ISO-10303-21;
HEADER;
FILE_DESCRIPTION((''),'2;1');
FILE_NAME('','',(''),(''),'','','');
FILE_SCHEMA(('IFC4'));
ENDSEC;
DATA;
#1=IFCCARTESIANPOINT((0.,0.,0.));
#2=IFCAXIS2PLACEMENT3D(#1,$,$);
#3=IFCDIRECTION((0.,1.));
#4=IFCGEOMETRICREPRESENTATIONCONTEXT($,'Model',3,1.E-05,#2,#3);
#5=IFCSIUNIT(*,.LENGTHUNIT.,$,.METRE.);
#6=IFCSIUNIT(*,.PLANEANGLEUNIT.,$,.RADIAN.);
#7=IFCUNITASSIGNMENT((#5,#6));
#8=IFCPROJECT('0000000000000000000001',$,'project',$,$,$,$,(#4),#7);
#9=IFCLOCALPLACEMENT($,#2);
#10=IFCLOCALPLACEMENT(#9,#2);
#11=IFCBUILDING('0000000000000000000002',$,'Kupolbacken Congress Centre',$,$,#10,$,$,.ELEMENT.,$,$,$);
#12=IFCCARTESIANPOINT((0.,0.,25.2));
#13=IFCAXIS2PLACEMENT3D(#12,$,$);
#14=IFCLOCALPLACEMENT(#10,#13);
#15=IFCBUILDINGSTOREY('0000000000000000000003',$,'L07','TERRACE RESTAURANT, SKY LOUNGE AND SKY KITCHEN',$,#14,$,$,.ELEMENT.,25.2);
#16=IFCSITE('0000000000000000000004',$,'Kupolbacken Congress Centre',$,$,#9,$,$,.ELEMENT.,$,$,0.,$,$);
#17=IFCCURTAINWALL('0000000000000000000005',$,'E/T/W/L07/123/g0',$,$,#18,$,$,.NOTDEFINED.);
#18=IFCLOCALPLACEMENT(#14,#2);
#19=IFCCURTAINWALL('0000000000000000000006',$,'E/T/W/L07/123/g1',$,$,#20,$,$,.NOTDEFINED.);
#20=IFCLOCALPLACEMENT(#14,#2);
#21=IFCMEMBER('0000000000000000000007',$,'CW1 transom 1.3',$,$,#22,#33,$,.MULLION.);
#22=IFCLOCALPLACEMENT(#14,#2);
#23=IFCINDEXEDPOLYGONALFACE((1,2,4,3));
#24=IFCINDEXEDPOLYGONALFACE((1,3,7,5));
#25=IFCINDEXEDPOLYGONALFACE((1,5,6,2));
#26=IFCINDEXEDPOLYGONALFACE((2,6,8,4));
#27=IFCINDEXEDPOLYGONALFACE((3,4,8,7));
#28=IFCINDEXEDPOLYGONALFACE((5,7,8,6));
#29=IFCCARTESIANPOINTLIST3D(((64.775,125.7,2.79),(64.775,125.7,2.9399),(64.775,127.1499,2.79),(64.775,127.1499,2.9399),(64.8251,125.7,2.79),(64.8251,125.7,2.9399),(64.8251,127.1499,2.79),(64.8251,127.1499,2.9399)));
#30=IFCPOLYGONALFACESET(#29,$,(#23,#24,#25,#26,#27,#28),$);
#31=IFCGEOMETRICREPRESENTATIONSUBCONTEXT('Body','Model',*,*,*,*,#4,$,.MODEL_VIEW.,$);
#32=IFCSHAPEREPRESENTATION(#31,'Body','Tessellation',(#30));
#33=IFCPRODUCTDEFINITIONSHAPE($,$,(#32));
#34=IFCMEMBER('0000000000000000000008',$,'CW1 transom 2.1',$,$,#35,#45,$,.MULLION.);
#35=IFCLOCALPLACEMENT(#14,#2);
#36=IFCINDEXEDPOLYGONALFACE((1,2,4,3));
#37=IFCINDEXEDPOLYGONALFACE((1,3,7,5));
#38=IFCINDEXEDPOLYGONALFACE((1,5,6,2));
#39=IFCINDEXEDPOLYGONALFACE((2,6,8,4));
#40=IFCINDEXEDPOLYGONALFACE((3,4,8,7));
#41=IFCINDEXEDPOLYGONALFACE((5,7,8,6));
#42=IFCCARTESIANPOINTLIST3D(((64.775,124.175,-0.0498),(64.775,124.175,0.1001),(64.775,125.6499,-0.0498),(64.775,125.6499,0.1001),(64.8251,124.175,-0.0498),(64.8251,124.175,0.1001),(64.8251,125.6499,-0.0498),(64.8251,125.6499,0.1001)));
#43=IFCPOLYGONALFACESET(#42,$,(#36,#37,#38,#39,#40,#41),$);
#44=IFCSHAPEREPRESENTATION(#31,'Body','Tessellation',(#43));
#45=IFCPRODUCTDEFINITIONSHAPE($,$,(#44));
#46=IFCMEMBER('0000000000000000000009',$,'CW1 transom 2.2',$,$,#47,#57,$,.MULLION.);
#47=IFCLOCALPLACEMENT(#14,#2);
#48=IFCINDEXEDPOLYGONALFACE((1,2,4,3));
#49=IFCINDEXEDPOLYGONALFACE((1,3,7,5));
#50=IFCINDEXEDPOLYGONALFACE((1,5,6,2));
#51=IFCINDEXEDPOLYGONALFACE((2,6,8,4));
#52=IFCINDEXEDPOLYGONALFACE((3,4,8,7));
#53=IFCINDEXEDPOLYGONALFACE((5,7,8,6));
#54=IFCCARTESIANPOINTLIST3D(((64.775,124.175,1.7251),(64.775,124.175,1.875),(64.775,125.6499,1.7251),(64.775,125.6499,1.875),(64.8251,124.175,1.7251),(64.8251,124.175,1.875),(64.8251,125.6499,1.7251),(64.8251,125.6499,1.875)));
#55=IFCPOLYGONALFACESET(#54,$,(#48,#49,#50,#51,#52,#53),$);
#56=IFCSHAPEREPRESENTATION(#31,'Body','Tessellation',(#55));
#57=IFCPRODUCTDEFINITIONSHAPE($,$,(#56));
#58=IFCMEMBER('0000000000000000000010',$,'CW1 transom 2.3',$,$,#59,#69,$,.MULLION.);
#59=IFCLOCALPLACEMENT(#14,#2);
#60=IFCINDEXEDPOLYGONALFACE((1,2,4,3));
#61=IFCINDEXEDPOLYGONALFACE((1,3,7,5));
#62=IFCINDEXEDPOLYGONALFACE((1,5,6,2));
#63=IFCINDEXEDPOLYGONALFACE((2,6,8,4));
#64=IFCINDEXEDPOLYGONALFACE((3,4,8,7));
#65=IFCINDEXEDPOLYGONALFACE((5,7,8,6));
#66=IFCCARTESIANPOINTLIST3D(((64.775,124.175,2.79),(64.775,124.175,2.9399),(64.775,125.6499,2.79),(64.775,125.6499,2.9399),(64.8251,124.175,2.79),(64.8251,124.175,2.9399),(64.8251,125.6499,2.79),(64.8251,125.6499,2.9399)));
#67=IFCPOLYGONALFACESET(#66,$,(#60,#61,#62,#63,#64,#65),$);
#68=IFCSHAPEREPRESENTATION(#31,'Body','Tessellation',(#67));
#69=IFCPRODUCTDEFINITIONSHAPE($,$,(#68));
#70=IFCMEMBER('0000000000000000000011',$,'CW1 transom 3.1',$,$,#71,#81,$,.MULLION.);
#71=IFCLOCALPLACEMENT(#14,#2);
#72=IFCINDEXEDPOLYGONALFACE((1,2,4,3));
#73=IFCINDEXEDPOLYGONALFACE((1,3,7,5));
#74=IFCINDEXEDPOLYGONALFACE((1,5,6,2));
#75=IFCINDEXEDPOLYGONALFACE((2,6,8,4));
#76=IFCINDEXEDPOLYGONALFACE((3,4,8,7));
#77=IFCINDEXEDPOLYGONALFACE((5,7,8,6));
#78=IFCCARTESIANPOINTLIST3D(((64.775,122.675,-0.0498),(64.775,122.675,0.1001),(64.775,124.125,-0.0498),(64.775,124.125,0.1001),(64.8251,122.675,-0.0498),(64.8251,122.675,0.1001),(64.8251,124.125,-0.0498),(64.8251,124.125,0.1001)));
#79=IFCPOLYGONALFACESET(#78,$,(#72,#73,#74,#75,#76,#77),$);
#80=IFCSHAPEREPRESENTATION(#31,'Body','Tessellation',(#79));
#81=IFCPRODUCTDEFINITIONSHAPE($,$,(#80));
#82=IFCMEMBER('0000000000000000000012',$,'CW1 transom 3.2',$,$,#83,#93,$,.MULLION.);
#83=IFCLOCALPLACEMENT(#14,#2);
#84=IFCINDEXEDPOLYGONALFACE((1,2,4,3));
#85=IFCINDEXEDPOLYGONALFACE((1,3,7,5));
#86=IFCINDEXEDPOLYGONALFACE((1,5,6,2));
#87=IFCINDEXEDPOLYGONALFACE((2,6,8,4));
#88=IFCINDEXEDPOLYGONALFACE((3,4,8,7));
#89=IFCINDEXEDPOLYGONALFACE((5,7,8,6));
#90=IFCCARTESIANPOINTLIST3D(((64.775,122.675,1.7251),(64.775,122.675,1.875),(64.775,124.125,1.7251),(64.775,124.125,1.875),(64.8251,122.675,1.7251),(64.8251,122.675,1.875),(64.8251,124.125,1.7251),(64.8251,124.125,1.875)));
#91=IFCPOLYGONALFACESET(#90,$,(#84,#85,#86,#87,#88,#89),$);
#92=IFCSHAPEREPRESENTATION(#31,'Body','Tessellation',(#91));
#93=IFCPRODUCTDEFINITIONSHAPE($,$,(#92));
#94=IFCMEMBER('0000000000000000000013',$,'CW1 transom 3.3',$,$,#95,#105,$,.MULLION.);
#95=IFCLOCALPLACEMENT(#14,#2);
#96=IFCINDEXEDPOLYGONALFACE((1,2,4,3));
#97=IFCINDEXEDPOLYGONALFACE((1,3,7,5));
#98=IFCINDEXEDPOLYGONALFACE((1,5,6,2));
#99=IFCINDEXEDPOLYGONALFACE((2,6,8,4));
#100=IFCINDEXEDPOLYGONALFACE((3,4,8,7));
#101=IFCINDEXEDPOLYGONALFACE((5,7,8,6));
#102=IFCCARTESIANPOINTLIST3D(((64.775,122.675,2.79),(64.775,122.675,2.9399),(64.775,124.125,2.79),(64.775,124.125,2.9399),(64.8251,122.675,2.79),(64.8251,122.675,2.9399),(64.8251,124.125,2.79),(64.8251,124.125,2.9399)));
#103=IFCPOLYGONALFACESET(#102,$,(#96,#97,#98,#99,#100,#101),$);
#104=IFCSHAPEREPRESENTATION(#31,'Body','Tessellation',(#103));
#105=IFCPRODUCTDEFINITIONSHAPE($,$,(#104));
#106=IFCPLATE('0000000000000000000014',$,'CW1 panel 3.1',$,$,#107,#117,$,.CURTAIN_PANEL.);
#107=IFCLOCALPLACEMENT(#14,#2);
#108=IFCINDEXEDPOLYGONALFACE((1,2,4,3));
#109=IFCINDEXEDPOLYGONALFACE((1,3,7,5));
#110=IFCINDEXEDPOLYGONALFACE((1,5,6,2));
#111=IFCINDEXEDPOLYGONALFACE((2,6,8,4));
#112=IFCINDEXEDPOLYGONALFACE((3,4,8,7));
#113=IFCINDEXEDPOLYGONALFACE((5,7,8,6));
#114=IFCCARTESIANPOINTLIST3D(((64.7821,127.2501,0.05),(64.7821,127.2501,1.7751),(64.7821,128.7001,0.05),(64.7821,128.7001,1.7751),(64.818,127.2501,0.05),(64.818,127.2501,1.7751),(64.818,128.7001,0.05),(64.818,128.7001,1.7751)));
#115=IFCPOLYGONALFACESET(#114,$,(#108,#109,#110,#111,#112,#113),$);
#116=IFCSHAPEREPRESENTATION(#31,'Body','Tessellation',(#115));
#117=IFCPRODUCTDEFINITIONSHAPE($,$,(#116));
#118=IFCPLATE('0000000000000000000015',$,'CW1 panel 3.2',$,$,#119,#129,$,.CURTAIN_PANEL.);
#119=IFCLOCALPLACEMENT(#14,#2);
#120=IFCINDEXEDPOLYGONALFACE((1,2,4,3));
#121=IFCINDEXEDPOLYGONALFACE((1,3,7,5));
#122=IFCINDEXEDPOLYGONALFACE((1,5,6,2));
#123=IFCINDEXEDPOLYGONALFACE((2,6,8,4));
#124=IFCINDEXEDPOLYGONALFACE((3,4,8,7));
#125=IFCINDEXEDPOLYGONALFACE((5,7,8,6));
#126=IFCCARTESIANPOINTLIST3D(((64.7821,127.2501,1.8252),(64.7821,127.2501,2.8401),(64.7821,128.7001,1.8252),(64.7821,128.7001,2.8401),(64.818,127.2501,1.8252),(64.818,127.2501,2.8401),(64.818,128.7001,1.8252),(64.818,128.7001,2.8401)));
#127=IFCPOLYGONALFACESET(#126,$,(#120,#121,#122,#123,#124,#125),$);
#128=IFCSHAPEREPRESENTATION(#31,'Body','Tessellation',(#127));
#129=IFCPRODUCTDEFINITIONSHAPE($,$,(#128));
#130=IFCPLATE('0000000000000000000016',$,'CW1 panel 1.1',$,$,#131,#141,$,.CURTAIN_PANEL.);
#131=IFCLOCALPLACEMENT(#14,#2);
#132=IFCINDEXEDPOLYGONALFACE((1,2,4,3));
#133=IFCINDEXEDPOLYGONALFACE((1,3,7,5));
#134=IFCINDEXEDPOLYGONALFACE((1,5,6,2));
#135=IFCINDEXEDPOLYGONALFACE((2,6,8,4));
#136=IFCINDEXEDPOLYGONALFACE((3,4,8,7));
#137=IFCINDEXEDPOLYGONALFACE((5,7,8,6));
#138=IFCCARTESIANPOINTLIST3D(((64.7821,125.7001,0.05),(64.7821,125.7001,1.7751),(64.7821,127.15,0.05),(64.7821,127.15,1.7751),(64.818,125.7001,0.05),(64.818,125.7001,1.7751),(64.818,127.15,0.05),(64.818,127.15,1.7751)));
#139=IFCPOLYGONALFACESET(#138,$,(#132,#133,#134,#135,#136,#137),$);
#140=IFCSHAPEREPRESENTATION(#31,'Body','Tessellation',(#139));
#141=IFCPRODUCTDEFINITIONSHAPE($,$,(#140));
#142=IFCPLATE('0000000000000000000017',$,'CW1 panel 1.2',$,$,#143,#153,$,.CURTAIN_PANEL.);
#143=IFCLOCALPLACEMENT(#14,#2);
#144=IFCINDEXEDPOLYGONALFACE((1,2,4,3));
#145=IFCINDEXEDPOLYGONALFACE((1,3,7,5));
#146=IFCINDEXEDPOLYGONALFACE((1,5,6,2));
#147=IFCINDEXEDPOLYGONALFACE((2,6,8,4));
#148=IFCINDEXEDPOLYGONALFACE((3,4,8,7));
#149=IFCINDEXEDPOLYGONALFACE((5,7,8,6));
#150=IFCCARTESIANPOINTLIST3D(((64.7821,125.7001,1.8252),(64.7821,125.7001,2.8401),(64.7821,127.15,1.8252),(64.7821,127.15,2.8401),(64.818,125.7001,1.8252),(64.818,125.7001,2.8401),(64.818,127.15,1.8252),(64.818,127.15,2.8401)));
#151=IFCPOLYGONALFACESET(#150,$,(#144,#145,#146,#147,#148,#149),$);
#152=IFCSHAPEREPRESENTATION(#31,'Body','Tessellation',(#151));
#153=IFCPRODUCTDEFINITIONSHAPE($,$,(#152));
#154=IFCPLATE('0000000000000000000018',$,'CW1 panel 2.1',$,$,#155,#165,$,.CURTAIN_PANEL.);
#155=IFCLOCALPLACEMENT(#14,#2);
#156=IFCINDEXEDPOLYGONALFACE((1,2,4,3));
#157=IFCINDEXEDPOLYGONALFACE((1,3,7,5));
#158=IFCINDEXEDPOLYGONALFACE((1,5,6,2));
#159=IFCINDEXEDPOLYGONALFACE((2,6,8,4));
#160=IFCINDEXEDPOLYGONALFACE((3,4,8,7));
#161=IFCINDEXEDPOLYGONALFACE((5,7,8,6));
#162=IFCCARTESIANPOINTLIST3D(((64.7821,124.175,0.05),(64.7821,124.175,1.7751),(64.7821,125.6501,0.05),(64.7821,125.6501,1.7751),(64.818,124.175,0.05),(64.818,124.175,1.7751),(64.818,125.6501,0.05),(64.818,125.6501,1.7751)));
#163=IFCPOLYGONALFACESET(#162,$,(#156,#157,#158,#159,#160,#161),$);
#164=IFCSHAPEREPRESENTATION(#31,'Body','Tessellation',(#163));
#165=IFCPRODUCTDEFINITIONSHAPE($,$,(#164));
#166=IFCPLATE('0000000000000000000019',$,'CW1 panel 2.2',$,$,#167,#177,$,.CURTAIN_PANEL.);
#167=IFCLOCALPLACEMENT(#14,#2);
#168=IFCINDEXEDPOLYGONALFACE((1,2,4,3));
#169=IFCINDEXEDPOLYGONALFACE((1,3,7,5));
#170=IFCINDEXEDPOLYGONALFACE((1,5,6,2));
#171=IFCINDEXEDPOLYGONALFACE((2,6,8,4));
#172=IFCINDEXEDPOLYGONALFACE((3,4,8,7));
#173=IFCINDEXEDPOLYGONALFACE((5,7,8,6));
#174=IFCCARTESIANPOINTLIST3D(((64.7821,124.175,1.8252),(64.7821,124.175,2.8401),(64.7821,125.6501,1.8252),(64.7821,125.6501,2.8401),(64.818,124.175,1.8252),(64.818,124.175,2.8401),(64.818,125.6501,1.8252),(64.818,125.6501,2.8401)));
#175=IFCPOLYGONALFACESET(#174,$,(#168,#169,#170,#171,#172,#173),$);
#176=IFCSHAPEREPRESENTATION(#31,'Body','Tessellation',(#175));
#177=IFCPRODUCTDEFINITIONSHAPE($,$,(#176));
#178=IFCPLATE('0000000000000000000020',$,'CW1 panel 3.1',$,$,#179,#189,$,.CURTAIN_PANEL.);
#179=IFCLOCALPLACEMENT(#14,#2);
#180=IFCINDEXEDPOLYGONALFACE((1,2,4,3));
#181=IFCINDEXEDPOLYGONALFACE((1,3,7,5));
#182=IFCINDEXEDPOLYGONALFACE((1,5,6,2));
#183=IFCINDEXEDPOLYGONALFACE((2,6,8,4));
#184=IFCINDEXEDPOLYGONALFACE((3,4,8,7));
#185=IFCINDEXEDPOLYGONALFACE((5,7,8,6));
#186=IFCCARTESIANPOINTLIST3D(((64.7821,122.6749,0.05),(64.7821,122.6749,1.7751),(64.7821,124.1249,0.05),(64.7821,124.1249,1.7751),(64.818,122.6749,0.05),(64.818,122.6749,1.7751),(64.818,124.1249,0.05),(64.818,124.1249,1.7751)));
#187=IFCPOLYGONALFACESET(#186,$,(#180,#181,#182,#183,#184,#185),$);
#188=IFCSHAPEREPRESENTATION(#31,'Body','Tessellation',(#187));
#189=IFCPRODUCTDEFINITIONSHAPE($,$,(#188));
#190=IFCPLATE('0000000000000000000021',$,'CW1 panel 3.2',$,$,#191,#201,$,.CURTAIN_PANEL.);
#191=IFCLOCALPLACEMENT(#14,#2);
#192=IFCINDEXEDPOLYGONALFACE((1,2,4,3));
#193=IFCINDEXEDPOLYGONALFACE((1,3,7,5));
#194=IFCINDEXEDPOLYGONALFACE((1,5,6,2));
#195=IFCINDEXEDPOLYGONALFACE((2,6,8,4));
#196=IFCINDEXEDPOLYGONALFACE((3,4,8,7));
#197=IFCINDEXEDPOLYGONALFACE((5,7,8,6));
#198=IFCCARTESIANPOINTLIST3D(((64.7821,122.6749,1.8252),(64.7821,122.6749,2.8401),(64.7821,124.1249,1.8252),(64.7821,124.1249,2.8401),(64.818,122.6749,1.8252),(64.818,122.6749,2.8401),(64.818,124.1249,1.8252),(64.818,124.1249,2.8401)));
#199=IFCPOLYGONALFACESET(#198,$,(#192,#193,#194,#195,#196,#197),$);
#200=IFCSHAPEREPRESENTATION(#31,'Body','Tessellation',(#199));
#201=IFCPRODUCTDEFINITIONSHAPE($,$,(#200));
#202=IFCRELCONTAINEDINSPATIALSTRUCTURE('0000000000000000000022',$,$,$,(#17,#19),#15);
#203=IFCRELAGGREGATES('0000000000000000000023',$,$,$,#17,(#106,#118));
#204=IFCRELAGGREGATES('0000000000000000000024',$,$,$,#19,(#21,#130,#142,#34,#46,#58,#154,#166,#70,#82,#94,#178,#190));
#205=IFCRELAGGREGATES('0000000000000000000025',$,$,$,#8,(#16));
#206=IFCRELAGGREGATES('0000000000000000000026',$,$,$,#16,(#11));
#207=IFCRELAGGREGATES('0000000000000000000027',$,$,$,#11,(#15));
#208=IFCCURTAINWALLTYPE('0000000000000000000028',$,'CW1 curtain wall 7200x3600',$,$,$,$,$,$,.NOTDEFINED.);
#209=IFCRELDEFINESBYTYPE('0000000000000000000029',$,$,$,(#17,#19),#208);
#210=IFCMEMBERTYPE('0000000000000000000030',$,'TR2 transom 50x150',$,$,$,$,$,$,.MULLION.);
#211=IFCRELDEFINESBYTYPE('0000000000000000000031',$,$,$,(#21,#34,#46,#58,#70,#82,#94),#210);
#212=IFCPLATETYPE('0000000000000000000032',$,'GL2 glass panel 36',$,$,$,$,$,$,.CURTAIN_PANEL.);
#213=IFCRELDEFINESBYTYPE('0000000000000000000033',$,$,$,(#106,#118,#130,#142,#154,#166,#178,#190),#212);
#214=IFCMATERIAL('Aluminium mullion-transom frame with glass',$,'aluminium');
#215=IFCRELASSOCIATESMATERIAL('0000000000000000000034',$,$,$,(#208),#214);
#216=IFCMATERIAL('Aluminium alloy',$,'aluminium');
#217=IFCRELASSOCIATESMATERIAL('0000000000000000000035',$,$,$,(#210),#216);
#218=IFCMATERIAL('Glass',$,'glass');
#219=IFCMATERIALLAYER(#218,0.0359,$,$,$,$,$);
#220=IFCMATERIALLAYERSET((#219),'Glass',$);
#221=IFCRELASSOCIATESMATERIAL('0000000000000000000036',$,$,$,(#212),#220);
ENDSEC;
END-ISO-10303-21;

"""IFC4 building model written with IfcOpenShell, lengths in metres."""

from ifc_helpers import new_model, si_unit, direction, frame, origin, origin_2d, place, context, subcontext, project, spatial, rectangle, extrude, material, layer, layer_set, material_profile, profile_set, type_object, element, aggregate, save


model = new_model("IFC4")

# Units and contexts
model_context = context("Model", 3, precision=1e-05, world=origin(), true_north=direction((0.0, 1.0)))
body_context = subcontext(model_context, "Body", "Model", "MODEL_VIEW")
ifc_project = project(units=[si_unit("LENGTHUNIT", "METRE"), si_unit("PLANEANGLEUNIT", "RADIAN")], contexts=[model_context])

# Site, building, storey
site_placement = place(None, origin())
site = spatial("IfcSite", under=ifc_project, at=site_placement, Name="Kupolbacken Congress Centre", CompositionType="ELEMENT", RefElevation=0.0)
building_placement = place(site_placement, origin())
building = spatial("IfcBuilding", under=site, at=building_placement, Name="Kupolbacken Congress Centre", CompositionType="ELEMENT")
storey_placement = place(building_placement, frame((0.0, 0.0, 25.2)))
storey = spatial("IfcBuildingStorey", under=building, at=storey_placement, Name="L07", Description="TERRACE RESTAURANT, SKY LOUNGE AND SKY KITCHEN", CompositionType="ELEMENT", Elevation=25.2)

# Curtain wall
ifc_material_1 = material(Name="Aluminium mullion-transom frame with glass", Category="aluminium")
curtain_wall_type = type_object("IfcCurtainWallType", Name="CW1 curtain wall 7200x3600", PredefinedType="NOTDEFINED", material=ifc_material_1)
curtain_wall_1_placement = place(storey_placement, origin())
curtain_wall_1 = element("IfcCurtainWall", 1, at=curtain_wall_1_placement, inside=storey, type_object=curtain_wall_type, Name="E/T/W/L07/123/g0", PredefinedType="NOTDEFINED")

# Curtain wall, members
curtain_wall_2_placement = place(storey_placement, origin())
curtain_wall_2 = element("IfcCurtainWall", 2, at=curtain_wall_2_placement, inside=storey, type_object=curtain_wall_type, Name="E/T/W/L07/123/g1", PredefinedType="NOTDEFINED")
ifc_material_2 = material(Name="Aluminium alloy", Category="aluminium")
ifc_material_profile_1 = material_profile(ifc_material_2, rectangle(XDim=0.05, YDim=0.1499, at=origin_2d()), Name="50 x 150")
ifc_profile_set_1 = profile_set([ifc_material_profile_1], Name="Aluminium alloy")
member_type_1 = type_object("IfcMemberType", Name="TR2 transom 50x150", PredefinedType="MULLION", material=ifc_profile_set_1)
member_1_placement = place(storey_placement, frame((64.8, 127.1499, 2.865), z_axis=(0.0, -1.0, 0.0), x_axis=(1.0, 0.0, 0.0)))
member_1 = element("IfcMember", 3, at=member_1_placement, type_object=member_type_1, Name="CW1 transom 1.3", PredefinedType="MULLION", context=body_context, shape_type="SweptSolid", body=[
    extrude(rectangle(XDim=0.05, YDim=0.1499, at=origin_2d()), origin(), (0.0, 0.0, 1.0), 1.45),
])
member_2_placement = place(storey_placement, frame((64.8, 125.6499, 0.0251), z_axis=(0.0, -1.0, 0.0), x_axis=(1.0, 0.0, 0.0)))
member_2 = element("IfcMember", 4, at=member_2_placement, type_object=member_type_1, Name="CW1 transom 2.1", PredefinedType="MULLION", context=body_context, shape_type="SweptSolid", body=[
    extrude(rectangle(XDim=0.05, YDim=0.1499, at=origin_2d()), origin(), (0.0, 0.0, 1.0), 1.4749),
])
member_3_placement = place(storey_placement, frame((64.8, 125.6499, 1.8), z_axis=(0.0, -1.0, 0.0), x_axis=(1.0, 0.0, 0.0)))
member_3 = element("IfcMember", 5, at=member_3_placement, type_object=member_type_1, Name="CW1 transom 2.2", PredefinedType="MULLION", context=body_context, shape_type="SweptSolid", body=[
    extrude(rectangle(XDim=0.05, YDim=0.1499, at=origin_2d()), origin(), (0.0, 0.0, 1.0), 1.4749),
])
member_4_placement = place(storey_placement, frame((64.8, 125.6499, 2.865), z_axis=(0.0, -1.0, 0.0), x_axis=(1.0, 0.0, 0.0)))
member_4 = element("IfcMember", 6, at=member_4_placement, type_object=member_type_1, Name="CW1 transom 2.3", PredefinedType="MULLION", context=body_context, shape_type="SweptSolid", body=[
    extrude(rectangle(XDim=0.05, YDim=0.1499, at=origin_2d()), origin(), (0.0, 0.0, 1.0), 1.4749),
])
member_5_placement = place(storey_placement, frame((64.8, 124.125, 0.0251), z_axis=(0.0, -1.0, 0.0), x_axis=(1.0, 0.0, 0.0)))
member_5 = element("IfcMember", 7, at=member_5_placement, type_object=member_type_1, Name="CW1 transom 3.1", PredefinedType="MULLION", context=body_context, shape_type="SweptSolid", body=[
    extrude(rectangle(XDim=0.05, YDim=0.1499, at=origin_2d()), origin(), (0.0, 0.0, 1.0), 1.45),
])
member_6_placement = place(storey_placement, frame((64.8, 124.125, 1.8), z_axis=(0.0, -1.0, 0.0), x_axis=(1.0, 0.0, 0.0)))
member_6 = element("IfcMember", 8, at=member_6_placement, type_object=member_type_1, Name="CW1 transom 3.2", PredefinedType="MULLION", context=body_context, shape_type="SweptSolid", body=[
    extrude(rectangle(XDim=0.05, YDim=0.1499, at=origin_2d()), origin(), (0.0, 0.0, 1.0), 1.45),
])
member_7_placement = place(storey_placement, frame((64.8, 124.125, 2.865), z_axis=(0.0, -1.0, 0.0), x_axis=(1.0, 0.0, 0.0)))
member_7 = element("IfcMember", 9, at=member_7_placement, type_object=member_type_1, Name="CW1 transom 3.3", PredefinedType="MULLION", context=body_context, shape_type="SweptSolid", body=[
    extrude(rectangle(XDim=0.05, YDim=0.1499, at=origin_2d()), origin(), (0.0, 0.0, 1.0), 1.45),
])

# Plates
ifc_material_3 = material(Name="Glass", Category="glass")
ifc_layer_1 = layer(ifc_material_3, 0.0359)
ifc_layer_set_1 = layer_set([ifc_layer_1], Name="Glass")
plate_type = type_object("IfcPlateType", Name="GL2 glass panel 36", PredefinedType="CURTAIN_PANEL", material=ifc_layer_set_1)
plate_1_placement = place(storey_placement, frame((64.8, 127.9751, 0.05), z_axis=(0.0, 0.0, 1.0), x_axis=(0.0, -1.0, 0.0)))
plate_1 = element("IfcPlate", 10, at=plate_1_placement, type_object=plate_type, Name="CW1 panel 3.1", PredefinedType="CURTAIN_PANEL", context=body_context, shape_type="SweptSolid", body=[
    extrude(rectangle(XDim=1.45, YDim=0.0359, at=origin_2d()), origin(), (0.0, 0.0, 1.0), 1.7251),
])
plate_2_placement = place(storey_placement, frame((64.8, 127.9751, 1.8252), z_axis=(0.0, 0.0, 1.0), x_axis=(0.0, -1.0, 0.0)))
plate_2 = element("IfcPlate", 11, at=plate_2_placement, type_object=plate_type, Name="CW1 panel 3.2", PredefinedType="CURTAIN_PANEL", context=body_context, shape_type="SweptSolid", body=[
    extrude(rectangle(XDim=1.45, YDim=0.0359, at=origin_2d()), origin(), (0.0, 0.0, 1.0), 1.0149),
])
aggregate(curtain_wall_1, [plate_1, plate_2])
plate_3_placement = place(storey_placement, frame((64.8, 126.425, 0.05), z_axis=(0.0, 0.0, 1.0), x_axis=(0.0, -1.0, 0.0)))
plate_3 = element("IfcPlate", 12, at=plate_3_placement, type_object=plate_type, Name="CW1 panel 1.1", PredefinedType="CURTAIN_PANEL", context=body_context, shape_type="SweptSolid", body=[
    extrude(rectangle(XDim=1.45, YDim=0.0359, at=origin_2d()), origin(), (0.0, 0.0, 1.0), 1.7251),
])
plate_4_placement = place(storey_placement, frame((64.8, 126.425, 1.8252), z_axis=(0.0, 0.0, 1.0), x_axis=(0.0, -1.0, 0.0)))
plate_4 = element("IfcPlate", 13, at=plate_4_placement, type_object=plate_type, Name="CW1 panel 1.2", PredefinedType="CURTAIN_PANEL", context=body_context, shape_type="SweptSolid", body=[
    extrude(rectangle(XDim=1.45, YDim=0.0359, at=origin_2d()), origin(), (0.0, 0.0, 1.0), 1.0149),
])
plate_5_placement = place(storey_placement, frame((64.8, 124.9126, 0.05), z_axis=(0.0, 0.0, 1.0), x_axis=(0.0, -1.0, 0.0)))
plate_5 = element("IfcPlate", 14, at=plate_5_placement, type_object=plate_type, Name="CW1 panel 2.1", PredefinedType="CURTAIN_PANEL", context=body_context, shape_type="SweptSolid", body=[
    extrude(rectangle(XDim=1.4751, YDim=0.0359, at=origin_2d()), origin(), (0.0, 0.0, 1.0), 1.7251),
])
plate_6_placement = place(storey_placement, frame((64.8, 124.9126, 1.8252), z_axis=(0.0, 0.0, 1.0), x_axis=(0.0, -1.0, 0.0)))
plate_6 = element("IfcPlate", 15, at=plate_6_placement, type_object=plate_type, Name="CW1 panel 2.2", PredefinedType="CURTAIN_PANEL", context=body_context, shape_type="SweptSolid", body=[
    extrude(rectangle(XDim=1.4751, YDim=0.0359, at=origin_2d()), origin(), (0.0, 0.0, 1.0), 1.0149),
])
plate_7_placement = place(storey_placement, frame((64.8, 123.3999, 0.05), z_axis=(0.0, 0.0, 1.0), x_axis=(0.0, -1.0, 0.0)))
plate_7 = element("IfcPlate", 16, at=plate_7_placement, type_object=plate_type, Name="CW1 panel 3.1", PredefinedType="CURTAIN_PANEL", context=body_context, shape_type="SweptSolid", body=[
    extrude(rectangle(XDim=1.45, YDim=0.0359, at=origin_2d()), origin(), (0.0, 0.0, 1.0), 1.7251),
])
plate_8_placement = place(storey_placement, frame((64.8, 123.3999, 1.8252), z_axis=(0.0, 0.0, 1.0), x_axis=(0.0, -1.0, 0.0)))
plate_8 = element("IfcPlate", 17, at=plate_8_placement, type_object=plate_type, Name="CW1 panel 3.2", PredefinedType="CURTAIN_PANEL", context=body_context, shape_type="SweptSolid", body=[
    extrude(rectangle(XDim=1.45, YDim=0.0359, at=origin_2d()), origin(), (0.0, 0.0, 1.0), 1.0149),
])
aggregate(curtain_wall_2, [member_1, plate_3, plate_4, member_2, member_3, member_4, plate_5, plate_6, member_5, member_6, member_7, plate_7, plate_8])

save(model, "model.ifc")
